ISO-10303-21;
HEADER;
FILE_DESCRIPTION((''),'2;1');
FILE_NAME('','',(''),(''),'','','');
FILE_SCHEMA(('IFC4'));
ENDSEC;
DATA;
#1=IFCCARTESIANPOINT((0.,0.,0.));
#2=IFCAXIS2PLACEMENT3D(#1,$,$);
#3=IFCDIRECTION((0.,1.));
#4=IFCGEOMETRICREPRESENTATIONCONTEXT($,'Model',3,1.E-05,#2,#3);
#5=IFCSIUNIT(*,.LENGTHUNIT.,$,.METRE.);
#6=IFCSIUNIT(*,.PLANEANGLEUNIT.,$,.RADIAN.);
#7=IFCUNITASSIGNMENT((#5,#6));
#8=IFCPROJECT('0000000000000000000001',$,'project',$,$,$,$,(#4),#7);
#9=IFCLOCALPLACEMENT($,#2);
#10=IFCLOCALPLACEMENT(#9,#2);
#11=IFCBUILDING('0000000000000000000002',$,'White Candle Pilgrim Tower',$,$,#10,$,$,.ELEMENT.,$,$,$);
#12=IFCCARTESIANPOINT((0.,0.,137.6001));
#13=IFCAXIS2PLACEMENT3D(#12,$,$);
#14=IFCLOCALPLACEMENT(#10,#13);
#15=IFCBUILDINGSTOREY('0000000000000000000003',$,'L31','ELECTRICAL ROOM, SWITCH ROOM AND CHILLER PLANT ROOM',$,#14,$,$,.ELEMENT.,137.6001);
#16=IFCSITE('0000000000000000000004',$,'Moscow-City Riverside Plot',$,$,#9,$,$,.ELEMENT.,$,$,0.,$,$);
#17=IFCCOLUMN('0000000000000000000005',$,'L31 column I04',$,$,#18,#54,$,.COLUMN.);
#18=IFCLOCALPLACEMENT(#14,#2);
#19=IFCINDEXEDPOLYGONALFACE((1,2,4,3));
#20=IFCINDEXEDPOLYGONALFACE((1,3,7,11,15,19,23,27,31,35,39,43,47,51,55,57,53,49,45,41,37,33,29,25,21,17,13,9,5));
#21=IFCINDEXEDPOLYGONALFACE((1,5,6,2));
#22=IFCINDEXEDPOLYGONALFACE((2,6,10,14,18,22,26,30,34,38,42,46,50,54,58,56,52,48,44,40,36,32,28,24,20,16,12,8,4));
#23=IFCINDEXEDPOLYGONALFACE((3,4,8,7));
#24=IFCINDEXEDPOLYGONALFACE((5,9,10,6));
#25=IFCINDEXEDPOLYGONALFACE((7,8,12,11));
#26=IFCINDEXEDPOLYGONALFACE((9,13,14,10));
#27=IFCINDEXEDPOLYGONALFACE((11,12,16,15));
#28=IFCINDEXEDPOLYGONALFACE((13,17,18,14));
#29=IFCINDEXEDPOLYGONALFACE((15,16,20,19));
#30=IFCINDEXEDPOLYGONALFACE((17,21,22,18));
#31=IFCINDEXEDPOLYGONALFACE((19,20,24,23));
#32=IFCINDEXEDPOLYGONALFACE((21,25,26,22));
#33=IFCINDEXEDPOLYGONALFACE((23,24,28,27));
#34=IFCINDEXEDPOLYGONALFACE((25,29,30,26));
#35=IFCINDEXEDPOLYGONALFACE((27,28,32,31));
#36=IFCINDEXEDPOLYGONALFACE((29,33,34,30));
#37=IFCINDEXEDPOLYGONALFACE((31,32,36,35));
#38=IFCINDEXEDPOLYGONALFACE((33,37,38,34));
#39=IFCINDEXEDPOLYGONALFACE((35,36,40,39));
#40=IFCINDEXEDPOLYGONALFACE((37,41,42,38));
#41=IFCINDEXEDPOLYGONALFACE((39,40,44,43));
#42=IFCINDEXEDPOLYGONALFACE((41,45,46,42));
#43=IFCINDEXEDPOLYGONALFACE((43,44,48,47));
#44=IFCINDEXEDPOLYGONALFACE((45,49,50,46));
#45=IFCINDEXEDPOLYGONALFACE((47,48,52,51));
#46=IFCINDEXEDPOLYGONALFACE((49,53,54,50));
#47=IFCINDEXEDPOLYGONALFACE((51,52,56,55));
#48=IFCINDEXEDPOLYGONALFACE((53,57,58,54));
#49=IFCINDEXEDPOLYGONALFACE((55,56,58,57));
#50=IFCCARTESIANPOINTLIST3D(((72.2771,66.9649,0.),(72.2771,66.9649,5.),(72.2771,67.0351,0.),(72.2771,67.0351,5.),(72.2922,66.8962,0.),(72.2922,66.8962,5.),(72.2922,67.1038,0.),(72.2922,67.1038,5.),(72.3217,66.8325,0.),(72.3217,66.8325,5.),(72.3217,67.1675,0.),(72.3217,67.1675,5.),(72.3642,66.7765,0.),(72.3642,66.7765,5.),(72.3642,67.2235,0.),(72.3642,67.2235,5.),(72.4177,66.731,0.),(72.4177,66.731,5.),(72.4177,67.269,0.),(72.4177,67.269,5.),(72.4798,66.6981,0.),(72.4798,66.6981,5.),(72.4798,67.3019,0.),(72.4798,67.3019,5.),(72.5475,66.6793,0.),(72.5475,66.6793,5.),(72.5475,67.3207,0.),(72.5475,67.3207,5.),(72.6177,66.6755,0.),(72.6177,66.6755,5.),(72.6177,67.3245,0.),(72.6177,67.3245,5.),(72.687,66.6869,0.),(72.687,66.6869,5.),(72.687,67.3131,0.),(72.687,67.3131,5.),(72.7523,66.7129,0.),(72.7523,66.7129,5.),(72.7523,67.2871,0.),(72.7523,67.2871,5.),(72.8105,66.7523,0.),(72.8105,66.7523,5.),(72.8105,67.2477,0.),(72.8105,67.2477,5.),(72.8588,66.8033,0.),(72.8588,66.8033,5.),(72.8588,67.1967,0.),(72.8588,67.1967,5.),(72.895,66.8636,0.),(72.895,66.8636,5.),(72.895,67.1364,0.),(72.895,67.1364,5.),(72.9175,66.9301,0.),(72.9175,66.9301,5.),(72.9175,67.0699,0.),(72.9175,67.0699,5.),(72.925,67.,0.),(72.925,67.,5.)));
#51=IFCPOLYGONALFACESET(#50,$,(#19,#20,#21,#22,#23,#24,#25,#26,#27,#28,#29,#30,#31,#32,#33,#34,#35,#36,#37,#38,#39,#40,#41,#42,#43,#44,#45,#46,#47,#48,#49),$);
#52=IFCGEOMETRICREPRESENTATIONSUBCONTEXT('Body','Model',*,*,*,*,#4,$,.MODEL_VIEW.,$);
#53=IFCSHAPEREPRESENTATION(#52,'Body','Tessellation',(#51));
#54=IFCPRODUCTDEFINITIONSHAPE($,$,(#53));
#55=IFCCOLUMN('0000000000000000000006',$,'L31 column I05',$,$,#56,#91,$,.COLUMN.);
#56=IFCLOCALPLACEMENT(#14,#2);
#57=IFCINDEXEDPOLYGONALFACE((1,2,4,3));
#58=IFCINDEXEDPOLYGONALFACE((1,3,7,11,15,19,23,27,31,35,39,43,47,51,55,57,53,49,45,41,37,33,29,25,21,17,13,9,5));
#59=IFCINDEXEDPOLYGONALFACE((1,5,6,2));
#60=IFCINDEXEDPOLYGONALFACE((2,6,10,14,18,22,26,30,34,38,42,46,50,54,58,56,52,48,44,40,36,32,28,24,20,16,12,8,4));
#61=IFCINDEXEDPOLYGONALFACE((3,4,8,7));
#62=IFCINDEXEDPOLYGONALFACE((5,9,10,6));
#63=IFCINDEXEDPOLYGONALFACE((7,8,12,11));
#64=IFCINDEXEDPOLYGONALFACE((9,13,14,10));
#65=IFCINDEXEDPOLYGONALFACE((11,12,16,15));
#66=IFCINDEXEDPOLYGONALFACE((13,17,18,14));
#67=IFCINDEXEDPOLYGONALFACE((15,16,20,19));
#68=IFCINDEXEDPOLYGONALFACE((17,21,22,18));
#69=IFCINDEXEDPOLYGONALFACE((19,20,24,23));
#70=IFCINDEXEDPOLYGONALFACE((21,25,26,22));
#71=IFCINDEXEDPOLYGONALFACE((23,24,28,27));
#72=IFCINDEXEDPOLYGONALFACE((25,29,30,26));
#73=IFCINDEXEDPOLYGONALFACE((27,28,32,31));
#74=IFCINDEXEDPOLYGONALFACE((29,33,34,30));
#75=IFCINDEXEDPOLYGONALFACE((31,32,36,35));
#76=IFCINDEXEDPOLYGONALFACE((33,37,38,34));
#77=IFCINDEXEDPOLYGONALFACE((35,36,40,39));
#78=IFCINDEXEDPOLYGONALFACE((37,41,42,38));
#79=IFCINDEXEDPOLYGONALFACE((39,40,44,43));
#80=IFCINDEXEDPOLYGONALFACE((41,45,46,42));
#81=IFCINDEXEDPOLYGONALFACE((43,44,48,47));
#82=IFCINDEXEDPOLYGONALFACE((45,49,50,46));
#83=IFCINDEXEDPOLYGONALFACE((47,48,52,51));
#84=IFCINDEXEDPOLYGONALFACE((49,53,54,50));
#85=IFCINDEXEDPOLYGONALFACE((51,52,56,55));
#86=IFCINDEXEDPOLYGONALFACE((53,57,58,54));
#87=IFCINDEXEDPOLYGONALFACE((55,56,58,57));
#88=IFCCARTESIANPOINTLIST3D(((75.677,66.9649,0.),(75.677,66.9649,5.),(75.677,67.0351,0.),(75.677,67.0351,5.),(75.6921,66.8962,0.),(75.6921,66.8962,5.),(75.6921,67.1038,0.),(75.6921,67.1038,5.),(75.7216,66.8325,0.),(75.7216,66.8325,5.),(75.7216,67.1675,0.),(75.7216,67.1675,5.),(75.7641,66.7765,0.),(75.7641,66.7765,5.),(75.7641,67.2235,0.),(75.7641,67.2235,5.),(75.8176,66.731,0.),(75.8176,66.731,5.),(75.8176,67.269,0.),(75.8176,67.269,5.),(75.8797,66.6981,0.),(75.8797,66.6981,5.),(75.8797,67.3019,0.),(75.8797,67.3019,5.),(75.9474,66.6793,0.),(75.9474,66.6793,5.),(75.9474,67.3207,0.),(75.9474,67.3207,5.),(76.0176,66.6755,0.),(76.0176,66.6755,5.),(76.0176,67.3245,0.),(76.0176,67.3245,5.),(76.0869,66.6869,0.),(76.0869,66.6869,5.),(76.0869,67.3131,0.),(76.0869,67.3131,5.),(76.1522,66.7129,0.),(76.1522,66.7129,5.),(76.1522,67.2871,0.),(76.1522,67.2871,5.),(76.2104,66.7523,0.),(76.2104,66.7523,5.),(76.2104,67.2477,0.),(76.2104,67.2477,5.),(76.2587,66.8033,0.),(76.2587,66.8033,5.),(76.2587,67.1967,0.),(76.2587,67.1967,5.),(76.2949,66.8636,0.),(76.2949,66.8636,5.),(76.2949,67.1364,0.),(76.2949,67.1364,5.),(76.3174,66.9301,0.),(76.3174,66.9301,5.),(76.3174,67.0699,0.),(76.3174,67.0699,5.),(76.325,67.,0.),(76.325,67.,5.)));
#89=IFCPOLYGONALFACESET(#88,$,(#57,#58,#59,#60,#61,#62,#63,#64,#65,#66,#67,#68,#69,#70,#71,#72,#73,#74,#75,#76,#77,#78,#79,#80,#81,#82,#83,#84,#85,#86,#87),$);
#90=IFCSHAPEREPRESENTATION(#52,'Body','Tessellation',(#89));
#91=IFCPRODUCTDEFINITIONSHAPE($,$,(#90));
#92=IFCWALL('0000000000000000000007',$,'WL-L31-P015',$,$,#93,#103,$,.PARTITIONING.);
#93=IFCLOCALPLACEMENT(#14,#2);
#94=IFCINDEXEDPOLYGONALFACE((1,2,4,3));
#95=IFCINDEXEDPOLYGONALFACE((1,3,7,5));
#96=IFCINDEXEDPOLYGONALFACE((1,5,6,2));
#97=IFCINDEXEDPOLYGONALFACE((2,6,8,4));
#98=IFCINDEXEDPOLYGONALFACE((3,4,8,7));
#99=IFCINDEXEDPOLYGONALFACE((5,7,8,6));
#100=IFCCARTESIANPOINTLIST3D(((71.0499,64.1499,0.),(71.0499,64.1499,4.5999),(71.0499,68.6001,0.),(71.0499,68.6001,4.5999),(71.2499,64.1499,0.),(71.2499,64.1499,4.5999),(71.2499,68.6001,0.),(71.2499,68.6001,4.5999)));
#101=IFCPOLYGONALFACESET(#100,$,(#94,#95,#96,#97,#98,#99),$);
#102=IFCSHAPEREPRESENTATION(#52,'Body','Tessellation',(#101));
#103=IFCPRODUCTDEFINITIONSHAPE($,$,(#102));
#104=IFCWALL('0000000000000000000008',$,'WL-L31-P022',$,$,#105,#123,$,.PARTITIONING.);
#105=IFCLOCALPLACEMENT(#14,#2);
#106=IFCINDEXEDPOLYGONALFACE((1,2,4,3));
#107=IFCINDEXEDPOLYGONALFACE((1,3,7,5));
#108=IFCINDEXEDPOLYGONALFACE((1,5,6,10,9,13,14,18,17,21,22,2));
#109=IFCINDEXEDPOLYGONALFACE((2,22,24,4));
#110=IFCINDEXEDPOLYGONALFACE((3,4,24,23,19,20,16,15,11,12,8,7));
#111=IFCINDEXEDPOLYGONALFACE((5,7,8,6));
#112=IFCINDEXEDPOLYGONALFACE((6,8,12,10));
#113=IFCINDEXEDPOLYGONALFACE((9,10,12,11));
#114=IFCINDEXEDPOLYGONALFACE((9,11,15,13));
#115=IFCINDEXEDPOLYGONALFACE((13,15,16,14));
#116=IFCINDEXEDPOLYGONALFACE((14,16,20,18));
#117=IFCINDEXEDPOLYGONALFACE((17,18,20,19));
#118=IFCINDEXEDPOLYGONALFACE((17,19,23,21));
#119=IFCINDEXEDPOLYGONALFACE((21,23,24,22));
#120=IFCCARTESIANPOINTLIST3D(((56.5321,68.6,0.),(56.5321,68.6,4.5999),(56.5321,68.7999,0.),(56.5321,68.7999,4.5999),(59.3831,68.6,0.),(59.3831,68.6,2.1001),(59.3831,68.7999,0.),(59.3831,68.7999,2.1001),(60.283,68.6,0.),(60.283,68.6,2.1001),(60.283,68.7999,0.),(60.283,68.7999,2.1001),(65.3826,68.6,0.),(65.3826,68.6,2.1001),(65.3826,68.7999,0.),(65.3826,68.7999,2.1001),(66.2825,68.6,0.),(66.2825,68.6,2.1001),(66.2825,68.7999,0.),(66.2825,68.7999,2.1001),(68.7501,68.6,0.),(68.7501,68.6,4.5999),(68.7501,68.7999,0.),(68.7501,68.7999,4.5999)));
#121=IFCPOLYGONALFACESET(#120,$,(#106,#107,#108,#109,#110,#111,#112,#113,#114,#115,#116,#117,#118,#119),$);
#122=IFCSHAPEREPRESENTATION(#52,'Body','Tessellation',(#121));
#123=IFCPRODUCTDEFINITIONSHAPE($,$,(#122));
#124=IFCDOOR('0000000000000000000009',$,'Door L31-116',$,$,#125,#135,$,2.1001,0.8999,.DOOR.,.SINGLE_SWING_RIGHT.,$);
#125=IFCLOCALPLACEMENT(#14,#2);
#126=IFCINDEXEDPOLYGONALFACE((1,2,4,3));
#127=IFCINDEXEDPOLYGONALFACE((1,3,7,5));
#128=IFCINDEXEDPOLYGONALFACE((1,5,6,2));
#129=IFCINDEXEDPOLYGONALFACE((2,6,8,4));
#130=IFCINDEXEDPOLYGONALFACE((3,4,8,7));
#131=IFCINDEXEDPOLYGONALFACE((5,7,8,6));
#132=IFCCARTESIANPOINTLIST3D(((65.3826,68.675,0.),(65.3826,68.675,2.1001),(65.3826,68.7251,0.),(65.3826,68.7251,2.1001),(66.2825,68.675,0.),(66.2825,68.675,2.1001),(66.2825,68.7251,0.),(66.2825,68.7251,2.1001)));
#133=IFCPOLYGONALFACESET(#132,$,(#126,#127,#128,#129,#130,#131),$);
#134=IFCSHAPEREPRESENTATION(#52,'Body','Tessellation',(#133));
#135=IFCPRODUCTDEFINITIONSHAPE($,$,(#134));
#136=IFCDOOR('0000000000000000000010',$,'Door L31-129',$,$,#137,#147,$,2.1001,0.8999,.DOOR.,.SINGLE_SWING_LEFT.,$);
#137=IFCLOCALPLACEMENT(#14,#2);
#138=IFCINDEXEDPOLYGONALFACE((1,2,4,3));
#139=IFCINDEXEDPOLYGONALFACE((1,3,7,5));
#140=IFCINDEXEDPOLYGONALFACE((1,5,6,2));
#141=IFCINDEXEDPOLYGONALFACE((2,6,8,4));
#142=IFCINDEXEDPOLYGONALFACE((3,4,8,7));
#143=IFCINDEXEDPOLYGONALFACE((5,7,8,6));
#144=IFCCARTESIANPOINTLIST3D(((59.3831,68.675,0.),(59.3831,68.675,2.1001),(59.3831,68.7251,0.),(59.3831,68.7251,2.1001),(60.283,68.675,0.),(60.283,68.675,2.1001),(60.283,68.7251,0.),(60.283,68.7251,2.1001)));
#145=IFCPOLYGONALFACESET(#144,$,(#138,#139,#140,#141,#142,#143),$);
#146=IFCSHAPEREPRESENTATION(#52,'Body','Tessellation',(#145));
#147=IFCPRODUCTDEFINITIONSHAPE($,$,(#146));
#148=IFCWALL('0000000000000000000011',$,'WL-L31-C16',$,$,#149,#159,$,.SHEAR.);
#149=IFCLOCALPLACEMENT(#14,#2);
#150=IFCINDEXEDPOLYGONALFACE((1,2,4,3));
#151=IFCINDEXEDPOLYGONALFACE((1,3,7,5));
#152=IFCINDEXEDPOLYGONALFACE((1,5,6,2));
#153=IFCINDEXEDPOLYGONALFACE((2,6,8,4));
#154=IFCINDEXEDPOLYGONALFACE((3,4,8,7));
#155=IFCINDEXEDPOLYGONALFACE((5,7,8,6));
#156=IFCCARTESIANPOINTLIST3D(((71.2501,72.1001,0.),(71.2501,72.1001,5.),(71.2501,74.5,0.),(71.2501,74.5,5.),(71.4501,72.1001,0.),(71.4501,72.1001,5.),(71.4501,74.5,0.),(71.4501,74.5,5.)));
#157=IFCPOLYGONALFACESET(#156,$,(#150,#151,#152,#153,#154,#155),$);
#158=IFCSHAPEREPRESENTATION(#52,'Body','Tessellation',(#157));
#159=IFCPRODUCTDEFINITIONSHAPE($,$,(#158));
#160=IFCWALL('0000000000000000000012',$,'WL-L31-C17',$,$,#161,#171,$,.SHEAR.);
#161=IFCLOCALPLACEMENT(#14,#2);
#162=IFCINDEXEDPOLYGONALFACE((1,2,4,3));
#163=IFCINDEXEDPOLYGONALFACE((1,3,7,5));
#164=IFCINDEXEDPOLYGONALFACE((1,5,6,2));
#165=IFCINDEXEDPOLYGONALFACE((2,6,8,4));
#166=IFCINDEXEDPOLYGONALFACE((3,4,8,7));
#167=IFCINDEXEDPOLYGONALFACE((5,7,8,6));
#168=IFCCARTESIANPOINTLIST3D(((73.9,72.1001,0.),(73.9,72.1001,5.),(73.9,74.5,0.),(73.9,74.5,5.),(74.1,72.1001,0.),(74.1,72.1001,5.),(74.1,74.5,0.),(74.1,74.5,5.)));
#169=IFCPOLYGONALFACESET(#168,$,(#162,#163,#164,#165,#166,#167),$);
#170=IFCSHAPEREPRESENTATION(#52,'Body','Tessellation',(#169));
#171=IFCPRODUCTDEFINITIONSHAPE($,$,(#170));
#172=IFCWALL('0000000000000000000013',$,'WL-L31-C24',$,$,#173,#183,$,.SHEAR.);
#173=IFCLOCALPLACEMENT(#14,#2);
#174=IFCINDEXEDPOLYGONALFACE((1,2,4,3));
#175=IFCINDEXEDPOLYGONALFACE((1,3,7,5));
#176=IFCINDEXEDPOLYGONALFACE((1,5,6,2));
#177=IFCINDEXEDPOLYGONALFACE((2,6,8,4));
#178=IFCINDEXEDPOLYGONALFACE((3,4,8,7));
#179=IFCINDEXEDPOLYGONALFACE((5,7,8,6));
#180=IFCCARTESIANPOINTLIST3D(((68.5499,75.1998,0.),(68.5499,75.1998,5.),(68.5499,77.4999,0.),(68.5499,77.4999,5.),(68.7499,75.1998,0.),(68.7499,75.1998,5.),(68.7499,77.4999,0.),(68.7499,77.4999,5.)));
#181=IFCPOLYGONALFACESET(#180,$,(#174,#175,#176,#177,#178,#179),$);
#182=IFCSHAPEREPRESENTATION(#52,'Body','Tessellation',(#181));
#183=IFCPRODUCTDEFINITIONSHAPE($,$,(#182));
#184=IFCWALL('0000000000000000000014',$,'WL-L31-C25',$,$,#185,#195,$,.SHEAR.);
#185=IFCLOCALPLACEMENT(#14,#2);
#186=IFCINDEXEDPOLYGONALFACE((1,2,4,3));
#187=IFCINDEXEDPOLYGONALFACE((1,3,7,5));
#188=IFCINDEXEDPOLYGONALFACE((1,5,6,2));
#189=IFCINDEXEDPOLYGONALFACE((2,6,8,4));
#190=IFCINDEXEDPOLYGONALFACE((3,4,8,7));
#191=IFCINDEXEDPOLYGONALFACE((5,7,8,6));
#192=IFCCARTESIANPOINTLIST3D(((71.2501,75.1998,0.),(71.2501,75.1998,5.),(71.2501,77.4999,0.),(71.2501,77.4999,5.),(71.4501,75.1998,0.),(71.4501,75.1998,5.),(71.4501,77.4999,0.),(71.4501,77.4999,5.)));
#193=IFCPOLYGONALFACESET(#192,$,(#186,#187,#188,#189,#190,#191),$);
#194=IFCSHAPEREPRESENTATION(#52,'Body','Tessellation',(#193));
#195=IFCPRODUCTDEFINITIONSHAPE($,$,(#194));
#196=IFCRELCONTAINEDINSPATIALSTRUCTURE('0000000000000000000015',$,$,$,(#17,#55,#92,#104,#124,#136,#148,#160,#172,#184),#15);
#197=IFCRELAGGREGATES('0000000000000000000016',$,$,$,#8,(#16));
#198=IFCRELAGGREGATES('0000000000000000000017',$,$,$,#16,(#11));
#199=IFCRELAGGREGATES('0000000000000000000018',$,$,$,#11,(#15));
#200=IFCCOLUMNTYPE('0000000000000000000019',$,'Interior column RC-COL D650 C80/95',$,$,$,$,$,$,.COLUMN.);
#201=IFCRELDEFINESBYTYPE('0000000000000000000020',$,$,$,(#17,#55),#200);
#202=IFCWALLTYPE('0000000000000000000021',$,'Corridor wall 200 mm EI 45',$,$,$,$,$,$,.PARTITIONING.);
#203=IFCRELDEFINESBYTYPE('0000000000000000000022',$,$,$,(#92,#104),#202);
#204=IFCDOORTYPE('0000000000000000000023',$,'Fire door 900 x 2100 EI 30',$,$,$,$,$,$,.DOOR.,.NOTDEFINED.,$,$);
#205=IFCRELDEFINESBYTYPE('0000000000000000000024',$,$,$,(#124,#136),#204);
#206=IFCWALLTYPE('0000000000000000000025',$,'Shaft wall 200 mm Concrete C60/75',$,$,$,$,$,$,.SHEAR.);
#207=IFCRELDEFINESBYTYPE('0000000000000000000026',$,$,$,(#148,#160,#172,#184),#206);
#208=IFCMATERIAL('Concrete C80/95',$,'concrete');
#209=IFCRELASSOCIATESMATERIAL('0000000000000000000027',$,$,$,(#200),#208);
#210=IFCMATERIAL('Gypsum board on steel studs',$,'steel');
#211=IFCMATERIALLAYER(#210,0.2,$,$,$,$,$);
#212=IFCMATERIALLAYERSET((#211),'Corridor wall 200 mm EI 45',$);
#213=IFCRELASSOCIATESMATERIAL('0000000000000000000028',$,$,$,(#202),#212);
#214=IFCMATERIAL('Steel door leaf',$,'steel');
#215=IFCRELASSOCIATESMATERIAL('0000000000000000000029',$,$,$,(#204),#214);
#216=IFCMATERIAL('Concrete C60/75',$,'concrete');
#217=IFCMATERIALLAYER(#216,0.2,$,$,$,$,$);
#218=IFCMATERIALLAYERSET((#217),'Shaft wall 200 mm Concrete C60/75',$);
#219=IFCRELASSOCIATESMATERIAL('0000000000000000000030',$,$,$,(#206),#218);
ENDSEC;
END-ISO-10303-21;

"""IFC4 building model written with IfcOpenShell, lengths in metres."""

from ifc_helpers import new_model, si_unit, direction, frame, frame_2d, origin, origin_2d, place, context, subcontext, project, spatial, rectangle, circle, extrude, material, layer, layer_set, material_profile, profile_set, type_object, element, fill, save


model = new_model("IFC4")

# Units and contexts
model_context = context("Model", 3, precision=1e-05, world=origin(), true_north=direction((0.0, 1.0)))
body_context = subcontext(model_context, "Body", "Model", "MODEL_VIEW")
ifc_project = project(units=[si_unit("LENGTHUNIT", "METRE"), si_unit("PLANEANGLEUNIT", "RADIAN")], contexts=[model_context])

# Site, building, storey
site_placement = place(None, origin())
site = spatial("IfcSite", under=ifc_project, at=site_placement, Name="Moscow-City Riverside Plot", CompositionType="ELEMENT", RefElevation=0.0)
building_placement = place(site_placement, origin())
building = spatial("IfcBuilding", under=site, at=building_placement, Name="White Candle Pilgrim Tower", CompositionType="ELEMENT")
storey_placement = place(building_placement, frame((0.0, 0.0, 137.6001)))
storey = spatial("IfcBuildingStorey", under=building, at=storey_placement, Name="L31", Description="ELECTRICAL ROOM, SWITCH ROOM AND CHILLER PLANT ROOM", CompositionType="ELEMENT", Elevation=137.6001)

# Columns
ifc_material_1 = material(Name="Concrete C80/95", Category="concrete")
ifc_material_profile = material_profile(ifc_material_1, circle(Radius=0.325, at=origin_2d()), Name="RC-COL D650")
ifc_profile_set = profile_set([ifc_material_profile], Name="Concrete C80/95")
column_type = type_object("IfcColumnType", Name="Interior column RC-COL D650 C80/95", PredefinedType="COLUMN", material=ifc_profile_set)
for number, where, z_axis, x_axis, name in (
    (1, (72.6001, 67.0, 0.0), (0.0, 0.0, 1.0), (1.0, 0.0, 0.0), "L31 column I04"),
    (2, (76.0, 67.0, 0.0), (0.0, 0.0, 1.0), (1.0, 0.0, 0.0), "L31 column I05"),
):
    element("IfcColumn", number, at=place(storey_placement, frame(where, z_axis=z_axis, x_axis=x_axis)), inside=storey, type_object=column_type, Name=name, PredefinedType="COLUMN", context=body_context, shape_type="SweptSolid", body=[
        extrude(circle(Radius=0.325, at=origin_2d()), origin(), (0.0, 0.0, 1.0), 5.0),
    ])

# Wall
ifc_material_2 = material(Name="Gypsum board on steel studs", Category="steel")
ifc_layer_1 = layer(ifc_material_2, 0.2)
ifc_layer_set_1 = layer_set([ifc_layer_1], Name="Corridor wall 200 mm EI 45")
wall_type_1 = type_object("IfcWallType", Name="Corridor wall 200 mm EI 45", PredefinedType="PARTITIONING", material=ifc_layer_set_1)
wall_1_placement = place(storey_placement, frame((71.1499, 68.6001, 0.0), z_axis=(0.0, 0.0, 1.0), x_axis=(0.0, -1.0, 0.0)))
element("IfcWall", 3, at=wall_1_placement, inside=storey, type_object=wall_type_1, Name="WL-L31-P015", PredefinedType="PARTITIONING", context=body_context, shape_type="SweptSolid", body=[
    extrude(rectangle(XDim=4.4502, YDim=0.2, at=frame_2d((2.2251, 0.0))), origin(), (0.0, 0.0, 1.0), 4.5999),
])

# Wall, openings, doors
wall_2_placement = place(storey_placement, frame((68.75, 68.7, 0.0), z_axis=(0.0, 0.0, 1.0), x_axis=(-1.0, 0.0, 0.0)))
wall_2 = element("IfcWall", 4, at=wall_2_placement, inside=storey, type_object=wall_type_1, Name="WL-L31-P022", PredefinedType="PARTITIONING", context=body_context, shape_type="SweptSolid", body=[
    extrude(rectangle(XDim=12.218, YDim=0.2, at=frame_2d((6.1089, 0.0))), origin(), (0.0, 0.0, 1.0), 4.5999),
])
opening_1_placement = place(wall_2_placement, frame((2.4675, 0.0, 0.0)))
opening_1 = element("IfcOpeningElement", 5, at=opening_1_placement, cuts=wall_2, PredefinedType="OPENING", context=body_context, shape_type="SweptSolid", body=[
    extrude(rectangle(XDim=0.8999, YDim=2.1001, at=frame_2d((0.45, 1.05))), frame((0.0, 0.1099, 0.0), z_axis=(0.0, -1.0, 0.0), x_axis=(1.0, 0.0, 0.0)), (0.0, 0.0, 1.0), 0.22),
])
opening_2_placement = place(wall_2_placement, frame((8.467, 0.0, 0.0)))
opening_2 = element("IfcOpeningElement", 6, at=opening_2_placement, cuts=wall_2, PredefinedType="OPENING", context=body_context, shape_type="SweptSolid", body=[
    extrude(rectangle(XDim=0.8999, YDim=2.1001, at=frame_2d((0.45, 1.05))), frame((0.0, 0.1099, 0.0), z_axis=(0.0, -1.0, 0.0), x_axis=(1.0, 0.0, 0.0)), (0.0, 0.0, 1.0), 0.22),
])
ifc_material_3 = material(Name="Steel door leaf", Category="steel")
door_type = type_object("IfcDoorType", Name="Fire door 900 x 2100 EI 30", OperationType="NOTDEFINED", PredefinedType="DOOR", material=ifc_material_3)
door_1_placement = place(opening_1_placement, origin())
door_1 = element("IfcDoor", 7, at=door_1_placement, inside=storey, type_object=door_type, Name="Door L31-116", OperationType="SINGLE_SWING_RIGHT", OverallHeight=2.1001, OverallWidth=0.8999, PredefinedType="DOOR", context=body_context, shape_type="SweptSolid", body=[
    extrude(rectangle(XDim=0.8999, YDim=2.1001, at=frame_2d((0.45, 1.05))), frame((0.0, 0.0249, 0.0), z_axis=(0.0, -1.0, 0.0), x_axis=(1.0, 0.0, 0.0)), (0.0, 0.0, 1.0), 0.05),
])
fill(opening_1, door_1)
door_2_placement = place(opening_2_placement, origin())
door_2 = element("IfcDoor", 8, at=door_2_placement, inside=storey, type_object=door_type, Name="Door L31-129", OperationType="SINGLE_SWING_LEFT", OverallHeight=2.1001, OverallWidth=0.8999, PredefinedType="DOOR", context=body_context, shape_type="SweptSolid", body=[
    extrude(rectangle(XDim=0.8999, YDim=2.1001, at=frame_2d((0.45, 1.05))), frame((0.0, 0.0249, 0.0), z_axis=(0.0, -1.0, 0.0), x_axis=(1.0, 0.0, 0.0)), (0.0, 0.0, 1.0), 0.05),
])
fill(opening_2, door_2)

# Walls
ifc_material_4 = material(Name="Concrete C60/75", Category="concrete")
ifc_layer_2 = layer(ifc_material_4, 0.2)
ifc_layer_set_2 = layer_set([ifc_layer_2], Name="Shaft wall 200 mm Concrete C60/75")
wall_type_2 = type_object("IfcWallType", Name="Shaft wall 200 mm Concrete C60/75", PredefinedType="SHEAR", material=ifc_layer_set_2)
for number, where, z_axis, x_axis, name in (
    (9, (71.3501, 72.1001, 0.0), (0.0, 0.0, 1.0), (0.0, 1.0, 0.0), "WL-L31-C16"),
    (10, (74.0, 72.1001, 0.0), (0.0, 0.0, 1.0), (0.0, 1.0, 0.0), "WL-L31-C17"),
):
    element("IfcWall", number, at=place(storey_placement, frame(where, z_axis=z_axis, x_axis=x_axis)), inside=storey, type_object=wall_type_2, Name=name, PredefinedType="SHEAR", context=body_context, shape_type="SweptSolid", body=[
        extrude(rectangle(XDim=2.3999, YDim=0.2, at=frame_2d((1.2, 0.0))), origin(), (0.0, 0.0, 1.0), 5.0),
    ])
for number, where, z_axis, x_axis, name in (
    (11, (68.6499, 75.2, 0.0), (0.0, 0.0, 1.0), (0.0, 1.0, 0.0), "WL-L31-C24"),
    (12, (71.3501, 75.2, 0.0), (0.0, 0.0, 1.0), (0.0, 1.0, 0.0), "WL-L31-C25"),
):
    element("IfcWall", number, at=place(storey_placement, frame(where, z_axis=z_axis, x_axis=x_axis)), inside=storey, type_object=wall_type_2, Name=name, PredefinedType="SHEAR", context=body_context, shape_type="SweptSolid", body=[
        extrude(rectangle(XDim=2.3, YDim=0.2, at=frame_2d((1.1499, 0.0))), origin(), (0.0, 0.0, 1.0), 5.0),
    ])

save(model, "model.ifc")
